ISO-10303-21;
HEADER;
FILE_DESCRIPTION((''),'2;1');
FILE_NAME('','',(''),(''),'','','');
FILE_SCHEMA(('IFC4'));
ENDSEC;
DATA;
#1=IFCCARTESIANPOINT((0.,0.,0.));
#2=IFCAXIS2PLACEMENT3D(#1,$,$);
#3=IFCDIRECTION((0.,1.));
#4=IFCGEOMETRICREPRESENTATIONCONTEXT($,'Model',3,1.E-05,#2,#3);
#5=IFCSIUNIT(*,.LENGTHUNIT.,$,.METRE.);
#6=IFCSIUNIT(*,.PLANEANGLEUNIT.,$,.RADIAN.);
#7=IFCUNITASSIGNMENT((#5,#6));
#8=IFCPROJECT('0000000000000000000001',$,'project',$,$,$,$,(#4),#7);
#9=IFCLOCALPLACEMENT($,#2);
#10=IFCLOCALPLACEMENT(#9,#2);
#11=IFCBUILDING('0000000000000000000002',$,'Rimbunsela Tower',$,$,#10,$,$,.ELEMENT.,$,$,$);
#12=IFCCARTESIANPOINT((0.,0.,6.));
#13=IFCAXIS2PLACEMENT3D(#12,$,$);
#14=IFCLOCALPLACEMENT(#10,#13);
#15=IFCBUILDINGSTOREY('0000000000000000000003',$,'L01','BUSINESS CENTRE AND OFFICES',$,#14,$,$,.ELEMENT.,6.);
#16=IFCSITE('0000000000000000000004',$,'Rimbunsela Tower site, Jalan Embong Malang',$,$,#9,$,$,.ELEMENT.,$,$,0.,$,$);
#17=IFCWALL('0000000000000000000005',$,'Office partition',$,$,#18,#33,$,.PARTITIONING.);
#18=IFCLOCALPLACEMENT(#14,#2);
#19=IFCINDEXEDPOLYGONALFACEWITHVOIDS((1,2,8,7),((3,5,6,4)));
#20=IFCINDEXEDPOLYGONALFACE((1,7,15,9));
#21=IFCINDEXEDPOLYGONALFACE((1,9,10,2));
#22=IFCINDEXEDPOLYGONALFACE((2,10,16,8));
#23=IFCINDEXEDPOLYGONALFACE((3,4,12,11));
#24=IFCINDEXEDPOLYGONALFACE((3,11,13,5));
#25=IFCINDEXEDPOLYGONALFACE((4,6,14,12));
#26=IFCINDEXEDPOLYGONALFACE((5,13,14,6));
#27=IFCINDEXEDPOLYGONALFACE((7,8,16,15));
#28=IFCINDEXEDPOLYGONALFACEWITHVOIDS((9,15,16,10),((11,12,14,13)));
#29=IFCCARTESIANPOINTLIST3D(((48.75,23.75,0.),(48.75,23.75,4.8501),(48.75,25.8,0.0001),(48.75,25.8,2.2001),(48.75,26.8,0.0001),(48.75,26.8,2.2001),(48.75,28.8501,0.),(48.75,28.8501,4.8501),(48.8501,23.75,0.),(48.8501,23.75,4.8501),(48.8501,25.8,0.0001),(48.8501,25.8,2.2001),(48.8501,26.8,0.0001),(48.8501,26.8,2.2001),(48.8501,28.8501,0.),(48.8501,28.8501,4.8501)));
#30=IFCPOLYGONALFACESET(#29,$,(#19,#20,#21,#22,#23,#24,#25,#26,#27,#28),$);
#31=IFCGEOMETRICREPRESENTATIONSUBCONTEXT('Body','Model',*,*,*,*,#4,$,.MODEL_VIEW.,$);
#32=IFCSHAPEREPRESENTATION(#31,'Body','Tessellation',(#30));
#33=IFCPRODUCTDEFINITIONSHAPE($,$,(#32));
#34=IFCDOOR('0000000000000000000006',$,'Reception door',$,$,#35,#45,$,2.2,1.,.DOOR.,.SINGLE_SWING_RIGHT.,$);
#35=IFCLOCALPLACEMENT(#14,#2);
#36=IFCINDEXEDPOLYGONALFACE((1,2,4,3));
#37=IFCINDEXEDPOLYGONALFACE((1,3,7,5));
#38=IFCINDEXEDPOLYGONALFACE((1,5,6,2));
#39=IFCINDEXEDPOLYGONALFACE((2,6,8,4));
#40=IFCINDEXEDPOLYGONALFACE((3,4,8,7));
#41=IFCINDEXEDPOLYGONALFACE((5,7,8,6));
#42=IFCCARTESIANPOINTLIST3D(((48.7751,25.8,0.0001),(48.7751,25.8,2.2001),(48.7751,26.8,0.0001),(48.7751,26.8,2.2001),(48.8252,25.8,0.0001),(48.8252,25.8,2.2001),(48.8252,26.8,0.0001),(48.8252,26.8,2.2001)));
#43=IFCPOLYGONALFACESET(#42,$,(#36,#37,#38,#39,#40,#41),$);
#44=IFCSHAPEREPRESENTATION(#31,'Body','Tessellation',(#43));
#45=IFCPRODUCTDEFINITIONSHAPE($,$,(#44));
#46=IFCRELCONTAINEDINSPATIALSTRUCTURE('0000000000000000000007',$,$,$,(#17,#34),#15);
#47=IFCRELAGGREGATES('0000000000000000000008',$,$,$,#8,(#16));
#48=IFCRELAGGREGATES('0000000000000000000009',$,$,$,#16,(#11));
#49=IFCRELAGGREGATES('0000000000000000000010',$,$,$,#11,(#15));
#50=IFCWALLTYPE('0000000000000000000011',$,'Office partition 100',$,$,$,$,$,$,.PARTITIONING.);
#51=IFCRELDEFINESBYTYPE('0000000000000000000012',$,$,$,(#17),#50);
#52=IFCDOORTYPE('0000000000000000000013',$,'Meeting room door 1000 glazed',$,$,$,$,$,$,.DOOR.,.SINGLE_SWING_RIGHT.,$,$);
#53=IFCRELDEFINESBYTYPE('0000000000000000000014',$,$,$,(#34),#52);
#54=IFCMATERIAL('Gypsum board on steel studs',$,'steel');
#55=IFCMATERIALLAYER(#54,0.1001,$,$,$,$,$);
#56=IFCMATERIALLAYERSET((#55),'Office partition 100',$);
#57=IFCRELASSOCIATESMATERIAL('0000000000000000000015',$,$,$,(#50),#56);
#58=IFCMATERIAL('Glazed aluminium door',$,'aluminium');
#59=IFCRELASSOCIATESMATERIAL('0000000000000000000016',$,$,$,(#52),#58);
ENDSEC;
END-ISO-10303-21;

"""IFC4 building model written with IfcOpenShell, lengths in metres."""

from ifc_helpers import new_model, si_unit, direction, frame, frame_2d, origin, place, context, subcontext, project, spatial, rectangle, extrude, material, layer, layer_set, type_object, element, fill, save


model = new_model("IFC4")

# Units and contexts
model_context = context("Model", 3, precision=1e-05, world=origin(), true_north=direction((0.0, 1.0)))
body_context = subcontext(model_context, "Body", "Model", "MODEL_VIEW")
ifc_project = project(units=[si_unit("LENGTHUNIT", "METRE"), si_unit("PLANEANGLEUNIT", "RADIAN")], contexts=[model_context])

# Site, building, storey
site_placement = place(None, origin())
site = spatial("IfcSite", under=ifc_project, at=site_placement, Name="Rimbunsela Tower site, Jalan Embong Malang", CompositionType="ELEMENT", RefElevation=0.0)
building_placement = place(site_placement, origin())
building = spatial("IfcBuilding", under=site, at=building_placement, Name="Rimbunsela Tower", CompositionType="ELEMENT")
storey_placement = place(building_placement, frame((0.0, 0.0, 6.0)))
storey = spatial("IfcBuildingStorey", under=building, at=storey_placement, Name="L01", Description="BUSINESS CENTRE AND OFFICES", CompositionType="ELEMENT", Elevation=6.0)

# Shared definitions
ifc_material_1 = material(Name="Gypsum board on steel studs", Category="steel")
ifc_layer_1 = layer(ifc_material_1, 0.1001)
ifc_layer_set_1 = layer_set([ifc_layer_1], Name="Office partition 100")
wall_type = type_object("IfcWallType", Name="Office partition 100", PredefinedType="PARTITIONING", material=ifc_layer_set_1)

# Wall, opening, door
wall_1_placement = place(storey_placement, frame((48.8, 23.75, 0.0), z_axis=(0.0, 0.0, 1.0), x_axis=(0.0, 1.0, 0.0)))
wall_1 = element("IfcWall", 1, at=wall_1_placement, inside=storey, type_object=wall_type, Name="Office partition", PredefinedType="PARTITIONING", context=body_context, shape_type="SweptSolid", body=[
    extrude(rectangle(XDim=5.1001, YDim=0.1001, at=frame_2d((2.55, 0.0))), origin(), (0.0, 0.0, 1.0), 4.8501),
])
opening_placement = place(wall_1_placement, frame((2.05, 0.0, 0.0)))
opening = element("IfcOpeningElement", 2, at=opening_placement, cuts=wall_1, PredefinedType="OPENING", context=body_context, shape_type="SweptSolid", body=[
    extrude(rectangle(XDim=1.0, YDim=2.2, at=frame_2d((0.5, 1.1001))), frame((0.0, 0.0601, 0.0), z_axis=(0.0, -1.0, 0.0), x_axis=(1.0, 0.0, 0.0)), (0.0, 0.0, 1.0), 0.1201),
])
ifc_material_2 = material(Name="Glazed aluminium door", Category="aluminium")
door_type = type_object("IfcDoorType", Name="Meeting room door 1000 glazed", OperationType="SINGLE_SWING_RIGHT", PredefinedType="DOOR", material=ifc_material_2)
door_placement = place(opening_placement, origin())
door = element("IfcDoor", 3, at=door_placement, inside=storey, type_object=door_type, Name="Reception door", OperationType="SINGLE_SWING_RIGHT", OverallHeight=2.2, OverallWidth=1.0, PredefinedType="DOOR", context=body_context, shape_type="SweptSolid", body=[
    extrude(rectangle(XDim=1.0, YDim=2.2, at=frame_2d((0.5, 1.1001))), frame((0.0, 0.0249, 0.0), z_axis=(0.0, -1.0, 0.0), x_axis=(1.0, 0.0, 0.0)), (0.0, 0.0, 1.0), 0.05),
])
fill(opening, door)

save(model, "model.ifc")
